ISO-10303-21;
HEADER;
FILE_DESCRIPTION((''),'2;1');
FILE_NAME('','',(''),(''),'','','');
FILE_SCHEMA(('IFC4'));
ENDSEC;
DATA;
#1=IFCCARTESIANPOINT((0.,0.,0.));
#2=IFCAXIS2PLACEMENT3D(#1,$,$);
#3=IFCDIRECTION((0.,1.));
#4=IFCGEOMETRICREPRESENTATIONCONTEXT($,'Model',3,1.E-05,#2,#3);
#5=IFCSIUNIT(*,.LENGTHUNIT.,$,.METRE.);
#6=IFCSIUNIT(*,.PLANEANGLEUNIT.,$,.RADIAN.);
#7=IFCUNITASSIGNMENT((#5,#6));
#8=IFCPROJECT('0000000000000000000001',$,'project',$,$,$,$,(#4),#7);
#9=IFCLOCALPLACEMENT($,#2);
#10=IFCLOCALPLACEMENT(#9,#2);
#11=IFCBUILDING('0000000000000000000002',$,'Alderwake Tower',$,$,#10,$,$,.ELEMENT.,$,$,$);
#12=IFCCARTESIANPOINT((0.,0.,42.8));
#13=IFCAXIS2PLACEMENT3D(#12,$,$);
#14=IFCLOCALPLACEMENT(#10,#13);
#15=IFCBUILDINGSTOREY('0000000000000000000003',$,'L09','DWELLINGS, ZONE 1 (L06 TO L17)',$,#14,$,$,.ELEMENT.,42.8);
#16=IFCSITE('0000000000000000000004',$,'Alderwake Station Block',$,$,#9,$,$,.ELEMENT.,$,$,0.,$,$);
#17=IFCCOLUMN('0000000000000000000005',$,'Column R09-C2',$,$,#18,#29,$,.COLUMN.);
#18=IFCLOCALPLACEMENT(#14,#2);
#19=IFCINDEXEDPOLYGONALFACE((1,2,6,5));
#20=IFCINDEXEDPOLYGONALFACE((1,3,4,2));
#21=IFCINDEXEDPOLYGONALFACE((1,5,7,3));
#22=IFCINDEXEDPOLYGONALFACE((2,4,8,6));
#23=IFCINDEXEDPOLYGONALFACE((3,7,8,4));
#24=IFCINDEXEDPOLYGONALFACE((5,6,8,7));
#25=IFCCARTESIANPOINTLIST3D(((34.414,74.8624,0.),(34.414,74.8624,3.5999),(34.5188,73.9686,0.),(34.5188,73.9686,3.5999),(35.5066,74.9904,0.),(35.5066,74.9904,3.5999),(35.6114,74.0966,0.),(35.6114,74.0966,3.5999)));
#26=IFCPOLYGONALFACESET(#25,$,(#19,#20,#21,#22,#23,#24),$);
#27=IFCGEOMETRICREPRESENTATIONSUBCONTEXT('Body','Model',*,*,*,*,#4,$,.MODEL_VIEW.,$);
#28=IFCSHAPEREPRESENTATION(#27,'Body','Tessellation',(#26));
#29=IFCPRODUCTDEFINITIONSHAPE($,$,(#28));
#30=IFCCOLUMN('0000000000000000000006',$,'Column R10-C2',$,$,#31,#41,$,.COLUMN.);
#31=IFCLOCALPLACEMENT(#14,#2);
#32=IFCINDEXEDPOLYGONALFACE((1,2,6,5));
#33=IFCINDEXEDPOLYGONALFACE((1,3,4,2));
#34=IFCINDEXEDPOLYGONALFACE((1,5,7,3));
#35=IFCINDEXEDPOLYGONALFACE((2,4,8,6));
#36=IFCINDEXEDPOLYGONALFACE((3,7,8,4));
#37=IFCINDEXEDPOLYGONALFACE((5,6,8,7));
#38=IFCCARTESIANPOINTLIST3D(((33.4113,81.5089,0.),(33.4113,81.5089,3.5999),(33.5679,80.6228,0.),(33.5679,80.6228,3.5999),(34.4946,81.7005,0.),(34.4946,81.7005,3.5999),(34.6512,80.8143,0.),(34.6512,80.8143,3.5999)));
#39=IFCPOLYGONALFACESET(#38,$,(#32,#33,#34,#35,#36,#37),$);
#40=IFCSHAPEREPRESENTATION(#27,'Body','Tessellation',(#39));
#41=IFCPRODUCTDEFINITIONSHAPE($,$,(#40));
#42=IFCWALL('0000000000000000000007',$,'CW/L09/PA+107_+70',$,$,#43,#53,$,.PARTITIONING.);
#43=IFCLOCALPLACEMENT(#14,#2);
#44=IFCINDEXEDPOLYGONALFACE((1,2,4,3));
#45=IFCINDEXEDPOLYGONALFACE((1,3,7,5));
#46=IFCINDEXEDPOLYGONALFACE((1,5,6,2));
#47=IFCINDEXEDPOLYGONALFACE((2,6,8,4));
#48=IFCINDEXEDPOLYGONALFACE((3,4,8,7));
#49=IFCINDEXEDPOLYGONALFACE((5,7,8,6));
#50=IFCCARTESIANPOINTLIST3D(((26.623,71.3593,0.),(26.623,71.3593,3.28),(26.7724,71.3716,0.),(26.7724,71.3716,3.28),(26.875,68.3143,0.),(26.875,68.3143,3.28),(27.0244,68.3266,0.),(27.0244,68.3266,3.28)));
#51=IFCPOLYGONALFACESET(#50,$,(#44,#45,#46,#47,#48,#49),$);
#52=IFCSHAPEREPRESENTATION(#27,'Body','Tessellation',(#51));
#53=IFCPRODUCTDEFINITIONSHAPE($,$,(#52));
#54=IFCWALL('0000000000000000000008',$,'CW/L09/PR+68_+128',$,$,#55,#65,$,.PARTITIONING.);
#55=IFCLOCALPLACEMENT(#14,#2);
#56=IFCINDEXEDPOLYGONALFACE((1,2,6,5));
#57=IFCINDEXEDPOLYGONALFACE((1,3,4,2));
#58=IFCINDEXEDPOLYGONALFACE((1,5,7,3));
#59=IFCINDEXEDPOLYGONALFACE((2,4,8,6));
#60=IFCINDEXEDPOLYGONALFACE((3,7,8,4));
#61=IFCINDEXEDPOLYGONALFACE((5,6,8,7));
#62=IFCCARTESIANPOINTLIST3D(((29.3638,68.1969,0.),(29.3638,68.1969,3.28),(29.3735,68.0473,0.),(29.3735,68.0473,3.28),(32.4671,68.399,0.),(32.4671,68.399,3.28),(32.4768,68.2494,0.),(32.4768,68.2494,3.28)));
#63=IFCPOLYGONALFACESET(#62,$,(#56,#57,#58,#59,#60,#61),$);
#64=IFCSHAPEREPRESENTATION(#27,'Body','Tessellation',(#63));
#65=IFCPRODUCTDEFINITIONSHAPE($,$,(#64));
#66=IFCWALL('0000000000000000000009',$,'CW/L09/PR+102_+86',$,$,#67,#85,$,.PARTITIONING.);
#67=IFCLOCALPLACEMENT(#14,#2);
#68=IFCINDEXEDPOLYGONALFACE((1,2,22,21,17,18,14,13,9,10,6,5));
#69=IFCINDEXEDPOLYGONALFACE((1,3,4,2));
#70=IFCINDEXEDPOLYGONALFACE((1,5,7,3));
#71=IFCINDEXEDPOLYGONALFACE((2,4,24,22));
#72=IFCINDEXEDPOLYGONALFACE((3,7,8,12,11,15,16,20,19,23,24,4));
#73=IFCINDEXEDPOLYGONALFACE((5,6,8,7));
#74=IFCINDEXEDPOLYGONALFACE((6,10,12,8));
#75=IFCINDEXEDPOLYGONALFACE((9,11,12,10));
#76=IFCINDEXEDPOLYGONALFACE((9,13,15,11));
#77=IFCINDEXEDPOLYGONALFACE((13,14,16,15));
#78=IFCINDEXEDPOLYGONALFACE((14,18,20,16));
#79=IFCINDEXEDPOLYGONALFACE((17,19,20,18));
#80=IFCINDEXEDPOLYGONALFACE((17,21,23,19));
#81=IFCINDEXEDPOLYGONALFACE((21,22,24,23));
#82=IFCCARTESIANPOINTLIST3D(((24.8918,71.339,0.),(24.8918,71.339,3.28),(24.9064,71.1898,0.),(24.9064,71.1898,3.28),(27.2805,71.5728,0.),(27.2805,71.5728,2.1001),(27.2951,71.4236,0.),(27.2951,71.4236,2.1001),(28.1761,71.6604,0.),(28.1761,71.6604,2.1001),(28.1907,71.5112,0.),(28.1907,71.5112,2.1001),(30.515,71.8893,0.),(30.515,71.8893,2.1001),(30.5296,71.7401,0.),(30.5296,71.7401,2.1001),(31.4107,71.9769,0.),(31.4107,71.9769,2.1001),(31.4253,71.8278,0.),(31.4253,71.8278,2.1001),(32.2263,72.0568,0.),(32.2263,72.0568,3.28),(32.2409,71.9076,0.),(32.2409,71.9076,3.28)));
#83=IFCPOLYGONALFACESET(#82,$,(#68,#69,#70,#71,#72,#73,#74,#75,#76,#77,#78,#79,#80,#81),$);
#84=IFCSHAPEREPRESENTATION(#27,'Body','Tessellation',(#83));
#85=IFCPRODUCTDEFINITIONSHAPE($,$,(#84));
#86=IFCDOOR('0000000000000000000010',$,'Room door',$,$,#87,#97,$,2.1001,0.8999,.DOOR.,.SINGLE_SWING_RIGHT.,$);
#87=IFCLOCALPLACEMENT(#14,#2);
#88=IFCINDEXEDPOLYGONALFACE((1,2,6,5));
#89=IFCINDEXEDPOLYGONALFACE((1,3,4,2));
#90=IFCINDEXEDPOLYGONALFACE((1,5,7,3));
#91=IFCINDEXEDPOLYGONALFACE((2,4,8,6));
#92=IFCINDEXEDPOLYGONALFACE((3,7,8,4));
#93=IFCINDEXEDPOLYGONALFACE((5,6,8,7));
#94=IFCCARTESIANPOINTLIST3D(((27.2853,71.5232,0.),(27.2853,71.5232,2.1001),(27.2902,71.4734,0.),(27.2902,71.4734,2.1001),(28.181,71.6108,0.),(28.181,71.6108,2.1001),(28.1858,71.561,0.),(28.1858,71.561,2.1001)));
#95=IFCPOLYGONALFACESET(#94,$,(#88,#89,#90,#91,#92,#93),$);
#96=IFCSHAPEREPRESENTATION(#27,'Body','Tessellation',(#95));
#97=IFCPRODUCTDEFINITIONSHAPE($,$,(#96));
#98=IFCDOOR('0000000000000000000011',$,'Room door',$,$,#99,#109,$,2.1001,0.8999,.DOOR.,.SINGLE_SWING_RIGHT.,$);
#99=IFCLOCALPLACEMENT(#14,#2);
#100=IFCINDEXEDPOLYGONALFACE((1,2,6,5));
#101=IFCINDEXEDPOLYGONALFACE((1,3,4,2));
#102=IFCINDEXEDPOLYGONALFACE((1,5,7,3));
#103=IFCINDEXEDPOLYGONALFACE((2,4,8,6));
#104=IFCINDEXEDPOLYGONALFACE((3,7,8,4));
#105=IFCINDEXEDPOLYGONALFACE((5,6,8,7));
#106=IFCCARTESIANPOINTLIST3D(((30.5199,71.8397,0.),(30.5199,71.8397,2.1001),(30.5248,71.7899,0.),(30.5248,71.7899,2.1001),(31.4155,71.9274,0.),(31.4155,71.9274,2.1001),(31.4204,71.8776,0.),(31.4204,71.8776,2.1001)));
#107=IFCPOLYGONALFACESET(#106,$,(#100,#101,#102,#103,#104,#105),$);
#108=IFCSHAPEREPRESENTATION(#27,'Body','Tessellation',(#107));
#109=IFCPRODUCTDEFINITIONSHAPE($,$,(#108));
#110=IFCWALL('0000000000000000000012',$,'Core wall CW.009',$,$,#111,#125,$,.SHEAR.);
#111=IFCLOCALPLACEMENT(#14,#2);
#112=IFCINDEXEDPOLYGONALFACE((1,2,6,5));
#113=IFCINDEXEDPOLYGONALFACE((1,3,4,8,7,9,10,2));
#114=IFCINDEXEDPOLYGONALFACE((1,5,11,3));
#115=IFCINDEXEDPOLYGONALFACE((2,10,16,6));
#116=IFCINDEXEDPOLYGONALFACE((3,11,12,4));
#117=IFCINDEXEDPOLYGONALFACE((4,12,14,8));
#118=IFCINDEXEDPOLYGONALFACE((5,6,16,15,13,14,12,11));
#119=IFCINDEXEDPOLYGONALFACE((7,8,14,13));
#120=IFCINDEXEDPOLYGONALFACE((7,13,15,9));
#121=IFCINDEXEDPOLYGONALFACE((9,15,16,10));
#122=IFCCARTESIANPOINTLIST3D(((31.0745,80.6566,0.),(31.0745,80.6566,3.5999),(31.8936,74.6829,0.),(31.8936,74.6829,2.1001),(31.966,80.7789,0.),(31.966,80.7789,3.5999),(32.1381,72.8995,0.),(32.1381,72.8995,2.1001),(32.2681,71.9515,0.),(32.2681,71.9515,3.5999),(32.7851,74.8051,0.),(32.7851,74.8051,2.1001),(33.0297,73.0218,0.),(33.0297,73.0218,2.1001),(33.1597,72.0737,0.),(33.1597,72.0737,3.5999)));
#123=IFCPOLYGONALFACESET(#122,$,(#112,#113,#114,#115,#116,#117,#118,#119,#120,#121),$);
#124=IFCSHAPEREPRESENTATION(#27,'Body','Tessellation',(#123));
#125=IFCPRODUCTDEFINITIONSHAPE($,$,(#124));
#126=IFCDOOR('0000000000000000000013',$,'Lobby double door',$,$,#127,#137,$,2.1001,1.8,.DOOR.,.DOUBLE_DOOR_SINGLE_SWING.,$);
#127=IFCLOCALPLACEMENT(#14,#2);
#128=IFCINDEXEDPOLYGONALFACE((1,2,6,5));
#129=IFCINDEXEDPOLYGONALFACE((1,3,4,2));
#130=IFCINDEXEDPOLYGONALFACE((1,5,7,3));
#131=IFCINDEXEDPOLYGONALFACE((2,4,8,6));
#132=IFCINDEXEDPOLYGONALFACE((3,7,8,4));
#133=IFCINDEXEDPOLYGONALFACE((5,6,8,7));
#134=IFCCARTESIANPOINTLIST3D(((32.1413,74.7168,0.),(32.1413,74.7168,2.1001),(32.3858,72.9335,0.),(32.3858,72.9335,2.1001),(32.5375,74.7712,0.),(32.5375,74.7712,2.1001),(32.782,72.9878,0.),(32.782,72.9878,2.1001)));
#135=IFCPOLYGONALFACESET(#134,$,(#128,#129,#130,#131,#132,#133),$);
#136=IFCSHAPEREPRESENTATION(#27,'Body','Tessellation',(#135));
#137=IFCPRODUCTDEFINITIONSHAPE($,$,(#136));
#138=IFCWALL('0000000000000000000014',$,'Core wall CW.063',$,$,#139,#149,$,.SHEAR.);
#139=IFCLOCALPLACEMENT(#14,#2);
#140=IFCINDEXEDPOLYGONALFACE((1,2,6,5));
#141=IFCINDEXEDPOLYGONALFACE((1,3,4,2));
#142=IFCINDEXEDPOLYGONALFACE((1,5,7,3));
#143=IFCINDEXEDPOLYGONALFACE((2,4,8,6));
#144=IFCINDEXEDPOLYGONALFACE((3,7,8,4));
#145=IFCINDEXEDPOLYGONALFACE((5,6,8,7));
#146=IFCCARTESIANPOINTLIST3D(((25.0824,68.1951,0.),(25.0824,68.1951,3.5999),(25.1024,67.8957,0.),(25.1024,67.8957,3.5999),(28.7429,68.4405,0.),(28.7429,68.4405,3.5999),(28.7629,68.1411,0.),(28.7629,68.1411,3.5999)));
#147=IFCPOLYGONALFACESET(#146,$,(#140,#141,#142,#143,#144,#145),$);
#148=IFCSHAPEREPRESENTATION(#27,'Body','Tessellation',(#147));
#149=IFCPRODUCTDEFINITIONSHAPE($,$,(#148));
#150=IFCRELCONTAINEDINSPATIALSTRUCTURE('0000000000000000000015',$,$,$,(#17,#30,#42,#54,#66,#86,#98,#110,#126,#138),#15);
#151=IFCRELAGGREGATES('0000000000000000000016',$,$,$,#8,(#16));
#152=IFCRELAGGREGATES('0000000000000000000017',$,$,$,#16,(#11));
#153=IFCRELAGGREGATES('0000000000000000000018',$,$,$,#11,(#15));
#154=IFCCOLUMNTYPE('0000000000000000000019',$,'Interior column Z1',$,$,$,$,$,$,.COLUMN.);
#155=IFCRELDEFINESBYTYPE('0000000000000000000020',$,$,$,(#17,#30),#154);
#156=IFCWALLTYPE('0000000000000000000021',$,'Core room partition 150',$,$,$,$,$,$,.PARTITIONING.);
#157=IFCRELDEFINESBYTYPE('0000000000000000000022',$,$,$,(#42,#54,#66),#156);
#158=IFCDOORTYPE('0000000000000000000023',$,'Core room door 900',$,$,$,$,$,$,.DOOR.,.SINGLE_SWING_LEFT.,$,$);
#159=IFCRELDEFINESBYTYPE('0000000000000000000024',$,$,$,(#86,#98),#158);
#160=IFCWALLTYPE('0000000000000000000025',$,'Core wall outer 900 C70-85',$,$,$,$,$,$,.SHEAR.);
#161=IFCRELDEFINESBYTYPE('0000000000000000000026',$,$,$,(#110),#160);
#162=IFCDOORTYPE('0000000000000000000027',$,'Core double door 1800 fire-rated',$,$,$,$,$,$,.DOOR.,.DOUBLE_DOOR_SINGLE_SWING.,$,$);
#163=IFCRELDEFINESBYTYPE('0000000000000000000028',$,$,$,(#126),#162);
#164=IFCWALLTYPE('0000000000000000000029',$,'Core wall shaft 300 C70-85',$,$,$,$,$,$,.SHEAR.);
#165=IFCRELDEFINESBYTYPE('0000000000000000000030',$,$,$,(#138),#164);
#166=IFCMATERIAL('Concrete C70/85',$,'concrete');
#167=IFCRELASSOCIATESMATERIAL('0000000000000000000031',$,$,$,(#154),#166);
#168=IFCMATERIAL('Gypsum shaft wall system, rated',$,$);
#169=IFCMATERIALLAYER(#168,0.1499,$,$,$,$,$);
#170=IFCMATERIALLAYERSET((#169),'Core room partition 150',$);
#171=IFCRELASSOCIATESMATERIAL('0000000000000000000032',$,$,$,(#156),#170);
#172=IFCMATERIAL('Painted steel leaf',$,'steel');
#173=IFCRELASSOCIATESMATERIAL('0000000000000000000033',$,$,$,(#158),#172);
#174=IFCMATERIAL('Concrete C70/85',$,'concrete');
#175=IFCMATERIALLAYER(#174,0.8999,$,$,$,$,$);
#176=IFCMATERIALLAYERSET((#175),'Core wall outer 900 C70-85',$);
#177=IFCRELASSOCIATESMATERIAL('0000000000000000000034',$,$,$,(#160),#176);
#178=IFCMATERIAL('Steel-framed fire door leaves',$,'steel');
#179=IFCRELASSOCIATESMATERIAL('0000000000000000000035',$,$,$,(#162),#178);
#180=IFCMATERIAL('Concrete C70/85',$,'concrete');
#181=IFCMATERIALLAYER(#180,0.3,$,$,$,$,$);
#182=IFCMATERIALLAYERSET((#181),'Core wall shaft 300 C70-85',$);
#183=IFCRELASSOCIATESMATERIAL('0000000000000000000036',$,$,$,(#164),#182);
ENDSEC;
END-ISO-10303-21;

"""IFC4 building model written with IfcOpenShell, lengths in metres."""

from ifc_helpers import new_model, si_unit, direction, frame, frame_2d, origin, origin_2d, place, context, subcontext, project, spatial, rectangle, extrude, material, layer, layer_set, material_profile, profile_set, type_object, element, fill, save


model = new_model("IFC4")

# Units and contexts
model_context = context("Model", 3, precision=1e-05, world=origin(), true_north=direction((0.0, 1.0)))
body_context = subcontext(model_context, "Body", "Model", "MODEL_VIEW")
ifc_project = project(units=[si_unit("LENGTHUNIT", "METRE"), si_unit("PLANEANGLEUNIT", "RADIAN")], contexts=[model_context])

# Site, building, storey
site_placement = place(None, origin())
site = spatial("IfcSite", under=ifc_project, at=site_placement, Name="Alderwake Station Block", CompositionType="ELEMENT", RefElevation=0.0)
building_placement = place(site_placement, origin())
building = spatial("IfcBuilding", under=site, at=building_placement, Name="Alderwake Tower", CompositionType="ELEMENT")
storey_placement = place(building_placement, frame((0.0, 0.0, 42.8)))
storey = spatial("IfcBuildingStorey", under=building, at=storey_placement, Name="L09", Description="DWELLINGS, ZONE 1 (L06 TO L17)", CompositionType="ELEMENT", Elevation=42.8)

# Columns
ifc_material_1 = material(Name="Concrete C70/85", Category="concrete")
ifc_material_profile = material_profile(ifc_material_1, rectangle(XDim=0.8999, YDim=1.1001, at=origin_2d()), Name="RC 1100X900")
ifc_profile_set = profile_set([ifc_material_profile], Name="Concrete C70/85")
column_type = type_object("IfcColumnType", Name="Interior column Z1", PredefinedType="COLUMN", material=ifc_profile_set)
for number, where, z_axis, x_axis, name in (
    (1, (35.0127, 74.4795, 0.0), (0.0, 0.0, 1.0), (-0.116402, 0.993202, 0.0), "Column R09-C2"),
    (2, (34.0312, 81.1616, 0.0), (0.0, 0.0, 1.0), (-0.174109, 0.984726, 0.0), "Column R10-C2"),
):
    element("IfcColumn", number, at=place(storey_placement, frame(where, z_axis=z_axis, x_axis=x_axis)), inside=storey, type_object=column_type, Name=name, PredefinedType="COLUMN", context=body_context, shape_type="SweptSolid", body=[
        extrude(rectangle(XDim=0.8999, YDim=1.1001, at=origin_2d()), origin(), (0.0, 0.0, 1.0), 3.5999),
    ])

# Walls
ifc_material_2 = material(Name="Gypsum shaft wall system, rated")
ifc_layer_1 = layer(ifc_material_2, 0.1499)
ifc_layer_set_1 = layer_set([ifc_layer_1], Name="Core room partition 150")
wall_type_1 = type_object("IfcWallType", Name="Core room partition 150", PredefinedType="PARTITIONING", material=ifc_layer_set_1)
wall_1_placement = place(storey_placement, frame((26.9497, 68.3203, 0.0), z_axis=(0.0, 0.0, 1.0), x_axis=(-0.082464, 0.996594, 0.0)))
element("IfcWall", 3, at=wall_1_placement, inside=storey, type_object=wall_type_1, Name="CW/L09/PA+107_+70", PredefinedType="PARTITIONING", context=body_context, shape_type="SweptSolid", body=[
    extrude(rectangle(XDim=3.0554, YDim=0.1499, at=frame_2d((1.5278, 0.0))), origin(), (0.0, 0.0, 1.0), 3.28),
])
wall_2_placement = place(storey_placement, frame((29.3687, 68.1221, 0.0), z_axis=(0.0, 0.0, 1.0), x_axis=(0.997885, 0.065003, 0.0)))
element("IfcWall", 4, at=wall_2_placement, inside=storey, type_object=wall_type_1, Name="CW/L09/PR+68_+128", PredefinedType="PARTITIONING", context=body_context, shape_type="SweptSolid", body=[
    extrude(rectangle(XDim=3.1099, YDim=0.1499, at=frame_2d((1.5549, 0.0))), origin(), (0.0, 0.0, 1.0), 3.28),
])

# Wall, openings, doors
wall_3_placement = place(storey_placement, frame((32.2336, 71.9822, 0.0), z_axis=(0.0, 0.0, 1.0), x_axis=(-0.995246, -0.097398, 0.0)))
wall_3 = element("IfcWall", 5, at=wall_3_placement, inside=storey, type_object=wall_type_1, Name="CW/L09/PR+102_+86", PredefinedType="PARTITIONING", context=body_context, shape_type="SweptSolid", body=[
    extrude(rectangle(XDim=7.3696, YDim=0.1499, at=frame_2d((3.6848, 0.0))), origin(), (0.0, 0.0, 1.0), 3.28),
])
opening_1_placement = place(wall_3_placement, frame((4.0696, 0.0, 0.0)))
opening_1 = element("IfcOpeningElement", 6, at=opening_1_placement, cuts=wall_3, PredefinedType="OPENING", context=body_context, shape_type="SweptSolid", body=[
    extrude(rectangle(XDim=0.8999, YDim=2.1001, at=frame_2d((0.45, 1.05))), frame((0.0, 0.085, 0.0), z_axis=(0.0, -1.0, 0.0), x_axis=(1.0, 0.0, 0.0)), (0.0, 0.0, 1.0), 0.1699),
])
opening_2_placement = place(wall_3_placement, frame((0.8196, 0.0, 0.0)))
opening_2 = element("IfcOpeningElement", 7, at=opening_2_placement, cuts=wall_3, PredefinedType="OPENING", context=body_context, shape_type="SweptSolid", body=[
    extrude(rectangle(XDim=0.8999, YDim=2.1001, at=frame_2d((0.45, 1.05))), frame((0.0, 0.085, 0.0), z_axis=(0.0, -1.0, 0.0), x_axis=(1.0, 0.0, 0.0)), (0.0, 0.0, 1.0), 0.1699),
])
ifc_material_3 = material(Name="Painted steel leaf", Category="steel")
door_type_1 = type_object("IfcDoorType", Name="Core room door 900", OperationType="SINGLE_SWING_LEFT", PredefinedType="DOOR", material=ifc_material_3)
door_1_placement = place(opening_1_placement, origin())
door_1 = element("IfcDoor", 8, at=door_1_placement, inside=storey, type_object=door_type_1, Name="Room door", OperationType="SINGLE_SWING_RIGHT", OverallHeight=2.1001, OverallWidth=0.8999, PredefinedType="DOOR", context=body_context, shape_type="SweptSolid", body=[
    extrude(rectangle(XDim=0.8999, YDim=2.1001, at=frame_2d((0.45, 1.05))), frame((0.0, 0.0249, 0.0), z_axis=(0.0, -1.0, 0.0), x_axis=(1.0, 0.0, 0.0)), (0.0, 0.0, 1.0), 0.05),
])
fill(opening_1, door_1)
door_2_placement = place(opening_2_placement, origin())
door_2 = element("IfcDoor", 9, at=door_2_placement, inside=storey, type_object=door_type_1, Name="Room door", OperationType="SINGLE_SWING_RIGHT", OverallHeight=2.1001, OverallWidth=0.8999, PredefinedType="DOOR", context=body_context, shape_type="SweptSolid", body=[
    extrude(rectangle(XDim=0.8999, YDim=2.1001, at=frame_2d((0.45, 1.05))), frame((0.0, 0.0249, 0.0), z_axis=(0.0, -1.0, 0.0), x_axis=(1.0, 0.0, 0.0)), (0.0, 0.0, 1.0), 0.05),
])
fill(opening_2, door_2)

# Wall, opening, door
ifc_material_4 = material(Name="Concrete C70/85", Category="concrete")
ifc_layer_2 = layer(ifc_material_4, 0.8999)
ifc_layer_set_2 = layer_set([ifc_layer_2], Name="Core wall outer 900 C70-85")
wall_type_2 = type_object("IfcWallType", Name="Core wall outer 900 C70-85", PredefinedType="SHEAR", material=ifc_layer_set_2)
wall_4_placement = place(storey_placement, frame((31.5203, 80.7178, 0.0), z_axis=(0.0, 0.0, 1.0), x_axis=(0.135845, -0.99073, 0.0)))
wall_4 = element("IfcWall", 10, at=wall_4_placement, inside=storey, type_object=wall_type_2, Name="Core wall CW.009", PredefinedType="SHEAR", context=body_context, shape_type="SweptSolid", body=[
    extrude(rectangle(XDim=8.7866, YDim=0.8999, at=frame_2d((4.3933, 0.0))), origin(), (0.0, 0.0, 1.0), 3.5999),
])
opening_3_placement = place(wall_4_placement, frame((6.0298, 0.0, 0.0)))
opening_3 = element("IfcOpeningElement", 11, at=opening_3_placement, cuts=wall_4, PredefinedType="OPENING", context=body_context, shape_type="SweptSolid", body=[
    extrude(rectangle(XDim=1.8, YDim=2.1001, at=frame_2d((0.8999, 1.05))), frame((0.0, 0.46, 0.0), z_axis=(0.0, -1.0, 0.0), x_axis=(1.0, 0.0, 0.0)), (0.0, 0.0, 1.0), 0.9199),
])
ifc_material_5 = material(Name="Steel-framed fire door leaves", Category="steel")
door_type_2 = type_object("IfcDoorType", Name="Core double door 1800 fire-rated", OperationType="DOUBLE_DOOR_SINGLE_SWING", PredefinedType="DOOR", material=ifc_material_5)
door_3_placement = place(opening_3_placement, origin())
door_3 = element("IfcDoor", 12, at=door_3_placement, inside=storey, type_object=door_type_2, Name="Lobby double door", OperationType="DOUBLE_DOOR_SINGLE_SWING", OverallHeight=2.1001, OverallWidth=1.8, PredefinedType="DOOR", context=body_context, shape_type="SweptSolid", body=[
    extrude(rectangle(XDim=1.8, YDim=2.1001, at=frame_2d((0.8999, 1.05))), frame((0.0, 0.2, 0.0), z_axis=(0.0, -1.0, 0.0), x_axis=(1.0, 0.0, 0.0)), (0.0, 0.0, 1.0), 0.3999),
])
fill(opening_3, door_3)

# Wall
ifc_material_6 = material(Name="Concrete C70/85", Category="concrete")
ifc_layer_3 = layer(ifc_material_6, 0.3)
ifc_layer_set_3 = layer_set([ifc_layer_3], Name="Core wall shaft 300 C70-85")
wall_type_3 = type_object("IfcWallType", Name="Core wall shaft 300 C70-85", PredefinedType="SHEAR", material=ifc_layer_set_3)
wall_5_placement = place(storey_placement, frame((25.0923, 68.0454, 0.0), z_axis=(0.0, 0.0, 1.0), x_axis=(0.997761, 0.066881, 0.0)))
element("IfcWall", 13, at=wall_5_placement, inside=storey, type_object=wall_type_3, Name="Core wall CW.063", PredefinedType="SHEAR", context=body_context, shape_type="SweptSolid", body=[
    extrude(rectangle(XDim=3.6687, YDim=0.3, at=frame_2d((1.8345, 0.0))), origin(), (0.0, 0.0, 1.0), 3.5999),
])

save(model, "model.ifc")
